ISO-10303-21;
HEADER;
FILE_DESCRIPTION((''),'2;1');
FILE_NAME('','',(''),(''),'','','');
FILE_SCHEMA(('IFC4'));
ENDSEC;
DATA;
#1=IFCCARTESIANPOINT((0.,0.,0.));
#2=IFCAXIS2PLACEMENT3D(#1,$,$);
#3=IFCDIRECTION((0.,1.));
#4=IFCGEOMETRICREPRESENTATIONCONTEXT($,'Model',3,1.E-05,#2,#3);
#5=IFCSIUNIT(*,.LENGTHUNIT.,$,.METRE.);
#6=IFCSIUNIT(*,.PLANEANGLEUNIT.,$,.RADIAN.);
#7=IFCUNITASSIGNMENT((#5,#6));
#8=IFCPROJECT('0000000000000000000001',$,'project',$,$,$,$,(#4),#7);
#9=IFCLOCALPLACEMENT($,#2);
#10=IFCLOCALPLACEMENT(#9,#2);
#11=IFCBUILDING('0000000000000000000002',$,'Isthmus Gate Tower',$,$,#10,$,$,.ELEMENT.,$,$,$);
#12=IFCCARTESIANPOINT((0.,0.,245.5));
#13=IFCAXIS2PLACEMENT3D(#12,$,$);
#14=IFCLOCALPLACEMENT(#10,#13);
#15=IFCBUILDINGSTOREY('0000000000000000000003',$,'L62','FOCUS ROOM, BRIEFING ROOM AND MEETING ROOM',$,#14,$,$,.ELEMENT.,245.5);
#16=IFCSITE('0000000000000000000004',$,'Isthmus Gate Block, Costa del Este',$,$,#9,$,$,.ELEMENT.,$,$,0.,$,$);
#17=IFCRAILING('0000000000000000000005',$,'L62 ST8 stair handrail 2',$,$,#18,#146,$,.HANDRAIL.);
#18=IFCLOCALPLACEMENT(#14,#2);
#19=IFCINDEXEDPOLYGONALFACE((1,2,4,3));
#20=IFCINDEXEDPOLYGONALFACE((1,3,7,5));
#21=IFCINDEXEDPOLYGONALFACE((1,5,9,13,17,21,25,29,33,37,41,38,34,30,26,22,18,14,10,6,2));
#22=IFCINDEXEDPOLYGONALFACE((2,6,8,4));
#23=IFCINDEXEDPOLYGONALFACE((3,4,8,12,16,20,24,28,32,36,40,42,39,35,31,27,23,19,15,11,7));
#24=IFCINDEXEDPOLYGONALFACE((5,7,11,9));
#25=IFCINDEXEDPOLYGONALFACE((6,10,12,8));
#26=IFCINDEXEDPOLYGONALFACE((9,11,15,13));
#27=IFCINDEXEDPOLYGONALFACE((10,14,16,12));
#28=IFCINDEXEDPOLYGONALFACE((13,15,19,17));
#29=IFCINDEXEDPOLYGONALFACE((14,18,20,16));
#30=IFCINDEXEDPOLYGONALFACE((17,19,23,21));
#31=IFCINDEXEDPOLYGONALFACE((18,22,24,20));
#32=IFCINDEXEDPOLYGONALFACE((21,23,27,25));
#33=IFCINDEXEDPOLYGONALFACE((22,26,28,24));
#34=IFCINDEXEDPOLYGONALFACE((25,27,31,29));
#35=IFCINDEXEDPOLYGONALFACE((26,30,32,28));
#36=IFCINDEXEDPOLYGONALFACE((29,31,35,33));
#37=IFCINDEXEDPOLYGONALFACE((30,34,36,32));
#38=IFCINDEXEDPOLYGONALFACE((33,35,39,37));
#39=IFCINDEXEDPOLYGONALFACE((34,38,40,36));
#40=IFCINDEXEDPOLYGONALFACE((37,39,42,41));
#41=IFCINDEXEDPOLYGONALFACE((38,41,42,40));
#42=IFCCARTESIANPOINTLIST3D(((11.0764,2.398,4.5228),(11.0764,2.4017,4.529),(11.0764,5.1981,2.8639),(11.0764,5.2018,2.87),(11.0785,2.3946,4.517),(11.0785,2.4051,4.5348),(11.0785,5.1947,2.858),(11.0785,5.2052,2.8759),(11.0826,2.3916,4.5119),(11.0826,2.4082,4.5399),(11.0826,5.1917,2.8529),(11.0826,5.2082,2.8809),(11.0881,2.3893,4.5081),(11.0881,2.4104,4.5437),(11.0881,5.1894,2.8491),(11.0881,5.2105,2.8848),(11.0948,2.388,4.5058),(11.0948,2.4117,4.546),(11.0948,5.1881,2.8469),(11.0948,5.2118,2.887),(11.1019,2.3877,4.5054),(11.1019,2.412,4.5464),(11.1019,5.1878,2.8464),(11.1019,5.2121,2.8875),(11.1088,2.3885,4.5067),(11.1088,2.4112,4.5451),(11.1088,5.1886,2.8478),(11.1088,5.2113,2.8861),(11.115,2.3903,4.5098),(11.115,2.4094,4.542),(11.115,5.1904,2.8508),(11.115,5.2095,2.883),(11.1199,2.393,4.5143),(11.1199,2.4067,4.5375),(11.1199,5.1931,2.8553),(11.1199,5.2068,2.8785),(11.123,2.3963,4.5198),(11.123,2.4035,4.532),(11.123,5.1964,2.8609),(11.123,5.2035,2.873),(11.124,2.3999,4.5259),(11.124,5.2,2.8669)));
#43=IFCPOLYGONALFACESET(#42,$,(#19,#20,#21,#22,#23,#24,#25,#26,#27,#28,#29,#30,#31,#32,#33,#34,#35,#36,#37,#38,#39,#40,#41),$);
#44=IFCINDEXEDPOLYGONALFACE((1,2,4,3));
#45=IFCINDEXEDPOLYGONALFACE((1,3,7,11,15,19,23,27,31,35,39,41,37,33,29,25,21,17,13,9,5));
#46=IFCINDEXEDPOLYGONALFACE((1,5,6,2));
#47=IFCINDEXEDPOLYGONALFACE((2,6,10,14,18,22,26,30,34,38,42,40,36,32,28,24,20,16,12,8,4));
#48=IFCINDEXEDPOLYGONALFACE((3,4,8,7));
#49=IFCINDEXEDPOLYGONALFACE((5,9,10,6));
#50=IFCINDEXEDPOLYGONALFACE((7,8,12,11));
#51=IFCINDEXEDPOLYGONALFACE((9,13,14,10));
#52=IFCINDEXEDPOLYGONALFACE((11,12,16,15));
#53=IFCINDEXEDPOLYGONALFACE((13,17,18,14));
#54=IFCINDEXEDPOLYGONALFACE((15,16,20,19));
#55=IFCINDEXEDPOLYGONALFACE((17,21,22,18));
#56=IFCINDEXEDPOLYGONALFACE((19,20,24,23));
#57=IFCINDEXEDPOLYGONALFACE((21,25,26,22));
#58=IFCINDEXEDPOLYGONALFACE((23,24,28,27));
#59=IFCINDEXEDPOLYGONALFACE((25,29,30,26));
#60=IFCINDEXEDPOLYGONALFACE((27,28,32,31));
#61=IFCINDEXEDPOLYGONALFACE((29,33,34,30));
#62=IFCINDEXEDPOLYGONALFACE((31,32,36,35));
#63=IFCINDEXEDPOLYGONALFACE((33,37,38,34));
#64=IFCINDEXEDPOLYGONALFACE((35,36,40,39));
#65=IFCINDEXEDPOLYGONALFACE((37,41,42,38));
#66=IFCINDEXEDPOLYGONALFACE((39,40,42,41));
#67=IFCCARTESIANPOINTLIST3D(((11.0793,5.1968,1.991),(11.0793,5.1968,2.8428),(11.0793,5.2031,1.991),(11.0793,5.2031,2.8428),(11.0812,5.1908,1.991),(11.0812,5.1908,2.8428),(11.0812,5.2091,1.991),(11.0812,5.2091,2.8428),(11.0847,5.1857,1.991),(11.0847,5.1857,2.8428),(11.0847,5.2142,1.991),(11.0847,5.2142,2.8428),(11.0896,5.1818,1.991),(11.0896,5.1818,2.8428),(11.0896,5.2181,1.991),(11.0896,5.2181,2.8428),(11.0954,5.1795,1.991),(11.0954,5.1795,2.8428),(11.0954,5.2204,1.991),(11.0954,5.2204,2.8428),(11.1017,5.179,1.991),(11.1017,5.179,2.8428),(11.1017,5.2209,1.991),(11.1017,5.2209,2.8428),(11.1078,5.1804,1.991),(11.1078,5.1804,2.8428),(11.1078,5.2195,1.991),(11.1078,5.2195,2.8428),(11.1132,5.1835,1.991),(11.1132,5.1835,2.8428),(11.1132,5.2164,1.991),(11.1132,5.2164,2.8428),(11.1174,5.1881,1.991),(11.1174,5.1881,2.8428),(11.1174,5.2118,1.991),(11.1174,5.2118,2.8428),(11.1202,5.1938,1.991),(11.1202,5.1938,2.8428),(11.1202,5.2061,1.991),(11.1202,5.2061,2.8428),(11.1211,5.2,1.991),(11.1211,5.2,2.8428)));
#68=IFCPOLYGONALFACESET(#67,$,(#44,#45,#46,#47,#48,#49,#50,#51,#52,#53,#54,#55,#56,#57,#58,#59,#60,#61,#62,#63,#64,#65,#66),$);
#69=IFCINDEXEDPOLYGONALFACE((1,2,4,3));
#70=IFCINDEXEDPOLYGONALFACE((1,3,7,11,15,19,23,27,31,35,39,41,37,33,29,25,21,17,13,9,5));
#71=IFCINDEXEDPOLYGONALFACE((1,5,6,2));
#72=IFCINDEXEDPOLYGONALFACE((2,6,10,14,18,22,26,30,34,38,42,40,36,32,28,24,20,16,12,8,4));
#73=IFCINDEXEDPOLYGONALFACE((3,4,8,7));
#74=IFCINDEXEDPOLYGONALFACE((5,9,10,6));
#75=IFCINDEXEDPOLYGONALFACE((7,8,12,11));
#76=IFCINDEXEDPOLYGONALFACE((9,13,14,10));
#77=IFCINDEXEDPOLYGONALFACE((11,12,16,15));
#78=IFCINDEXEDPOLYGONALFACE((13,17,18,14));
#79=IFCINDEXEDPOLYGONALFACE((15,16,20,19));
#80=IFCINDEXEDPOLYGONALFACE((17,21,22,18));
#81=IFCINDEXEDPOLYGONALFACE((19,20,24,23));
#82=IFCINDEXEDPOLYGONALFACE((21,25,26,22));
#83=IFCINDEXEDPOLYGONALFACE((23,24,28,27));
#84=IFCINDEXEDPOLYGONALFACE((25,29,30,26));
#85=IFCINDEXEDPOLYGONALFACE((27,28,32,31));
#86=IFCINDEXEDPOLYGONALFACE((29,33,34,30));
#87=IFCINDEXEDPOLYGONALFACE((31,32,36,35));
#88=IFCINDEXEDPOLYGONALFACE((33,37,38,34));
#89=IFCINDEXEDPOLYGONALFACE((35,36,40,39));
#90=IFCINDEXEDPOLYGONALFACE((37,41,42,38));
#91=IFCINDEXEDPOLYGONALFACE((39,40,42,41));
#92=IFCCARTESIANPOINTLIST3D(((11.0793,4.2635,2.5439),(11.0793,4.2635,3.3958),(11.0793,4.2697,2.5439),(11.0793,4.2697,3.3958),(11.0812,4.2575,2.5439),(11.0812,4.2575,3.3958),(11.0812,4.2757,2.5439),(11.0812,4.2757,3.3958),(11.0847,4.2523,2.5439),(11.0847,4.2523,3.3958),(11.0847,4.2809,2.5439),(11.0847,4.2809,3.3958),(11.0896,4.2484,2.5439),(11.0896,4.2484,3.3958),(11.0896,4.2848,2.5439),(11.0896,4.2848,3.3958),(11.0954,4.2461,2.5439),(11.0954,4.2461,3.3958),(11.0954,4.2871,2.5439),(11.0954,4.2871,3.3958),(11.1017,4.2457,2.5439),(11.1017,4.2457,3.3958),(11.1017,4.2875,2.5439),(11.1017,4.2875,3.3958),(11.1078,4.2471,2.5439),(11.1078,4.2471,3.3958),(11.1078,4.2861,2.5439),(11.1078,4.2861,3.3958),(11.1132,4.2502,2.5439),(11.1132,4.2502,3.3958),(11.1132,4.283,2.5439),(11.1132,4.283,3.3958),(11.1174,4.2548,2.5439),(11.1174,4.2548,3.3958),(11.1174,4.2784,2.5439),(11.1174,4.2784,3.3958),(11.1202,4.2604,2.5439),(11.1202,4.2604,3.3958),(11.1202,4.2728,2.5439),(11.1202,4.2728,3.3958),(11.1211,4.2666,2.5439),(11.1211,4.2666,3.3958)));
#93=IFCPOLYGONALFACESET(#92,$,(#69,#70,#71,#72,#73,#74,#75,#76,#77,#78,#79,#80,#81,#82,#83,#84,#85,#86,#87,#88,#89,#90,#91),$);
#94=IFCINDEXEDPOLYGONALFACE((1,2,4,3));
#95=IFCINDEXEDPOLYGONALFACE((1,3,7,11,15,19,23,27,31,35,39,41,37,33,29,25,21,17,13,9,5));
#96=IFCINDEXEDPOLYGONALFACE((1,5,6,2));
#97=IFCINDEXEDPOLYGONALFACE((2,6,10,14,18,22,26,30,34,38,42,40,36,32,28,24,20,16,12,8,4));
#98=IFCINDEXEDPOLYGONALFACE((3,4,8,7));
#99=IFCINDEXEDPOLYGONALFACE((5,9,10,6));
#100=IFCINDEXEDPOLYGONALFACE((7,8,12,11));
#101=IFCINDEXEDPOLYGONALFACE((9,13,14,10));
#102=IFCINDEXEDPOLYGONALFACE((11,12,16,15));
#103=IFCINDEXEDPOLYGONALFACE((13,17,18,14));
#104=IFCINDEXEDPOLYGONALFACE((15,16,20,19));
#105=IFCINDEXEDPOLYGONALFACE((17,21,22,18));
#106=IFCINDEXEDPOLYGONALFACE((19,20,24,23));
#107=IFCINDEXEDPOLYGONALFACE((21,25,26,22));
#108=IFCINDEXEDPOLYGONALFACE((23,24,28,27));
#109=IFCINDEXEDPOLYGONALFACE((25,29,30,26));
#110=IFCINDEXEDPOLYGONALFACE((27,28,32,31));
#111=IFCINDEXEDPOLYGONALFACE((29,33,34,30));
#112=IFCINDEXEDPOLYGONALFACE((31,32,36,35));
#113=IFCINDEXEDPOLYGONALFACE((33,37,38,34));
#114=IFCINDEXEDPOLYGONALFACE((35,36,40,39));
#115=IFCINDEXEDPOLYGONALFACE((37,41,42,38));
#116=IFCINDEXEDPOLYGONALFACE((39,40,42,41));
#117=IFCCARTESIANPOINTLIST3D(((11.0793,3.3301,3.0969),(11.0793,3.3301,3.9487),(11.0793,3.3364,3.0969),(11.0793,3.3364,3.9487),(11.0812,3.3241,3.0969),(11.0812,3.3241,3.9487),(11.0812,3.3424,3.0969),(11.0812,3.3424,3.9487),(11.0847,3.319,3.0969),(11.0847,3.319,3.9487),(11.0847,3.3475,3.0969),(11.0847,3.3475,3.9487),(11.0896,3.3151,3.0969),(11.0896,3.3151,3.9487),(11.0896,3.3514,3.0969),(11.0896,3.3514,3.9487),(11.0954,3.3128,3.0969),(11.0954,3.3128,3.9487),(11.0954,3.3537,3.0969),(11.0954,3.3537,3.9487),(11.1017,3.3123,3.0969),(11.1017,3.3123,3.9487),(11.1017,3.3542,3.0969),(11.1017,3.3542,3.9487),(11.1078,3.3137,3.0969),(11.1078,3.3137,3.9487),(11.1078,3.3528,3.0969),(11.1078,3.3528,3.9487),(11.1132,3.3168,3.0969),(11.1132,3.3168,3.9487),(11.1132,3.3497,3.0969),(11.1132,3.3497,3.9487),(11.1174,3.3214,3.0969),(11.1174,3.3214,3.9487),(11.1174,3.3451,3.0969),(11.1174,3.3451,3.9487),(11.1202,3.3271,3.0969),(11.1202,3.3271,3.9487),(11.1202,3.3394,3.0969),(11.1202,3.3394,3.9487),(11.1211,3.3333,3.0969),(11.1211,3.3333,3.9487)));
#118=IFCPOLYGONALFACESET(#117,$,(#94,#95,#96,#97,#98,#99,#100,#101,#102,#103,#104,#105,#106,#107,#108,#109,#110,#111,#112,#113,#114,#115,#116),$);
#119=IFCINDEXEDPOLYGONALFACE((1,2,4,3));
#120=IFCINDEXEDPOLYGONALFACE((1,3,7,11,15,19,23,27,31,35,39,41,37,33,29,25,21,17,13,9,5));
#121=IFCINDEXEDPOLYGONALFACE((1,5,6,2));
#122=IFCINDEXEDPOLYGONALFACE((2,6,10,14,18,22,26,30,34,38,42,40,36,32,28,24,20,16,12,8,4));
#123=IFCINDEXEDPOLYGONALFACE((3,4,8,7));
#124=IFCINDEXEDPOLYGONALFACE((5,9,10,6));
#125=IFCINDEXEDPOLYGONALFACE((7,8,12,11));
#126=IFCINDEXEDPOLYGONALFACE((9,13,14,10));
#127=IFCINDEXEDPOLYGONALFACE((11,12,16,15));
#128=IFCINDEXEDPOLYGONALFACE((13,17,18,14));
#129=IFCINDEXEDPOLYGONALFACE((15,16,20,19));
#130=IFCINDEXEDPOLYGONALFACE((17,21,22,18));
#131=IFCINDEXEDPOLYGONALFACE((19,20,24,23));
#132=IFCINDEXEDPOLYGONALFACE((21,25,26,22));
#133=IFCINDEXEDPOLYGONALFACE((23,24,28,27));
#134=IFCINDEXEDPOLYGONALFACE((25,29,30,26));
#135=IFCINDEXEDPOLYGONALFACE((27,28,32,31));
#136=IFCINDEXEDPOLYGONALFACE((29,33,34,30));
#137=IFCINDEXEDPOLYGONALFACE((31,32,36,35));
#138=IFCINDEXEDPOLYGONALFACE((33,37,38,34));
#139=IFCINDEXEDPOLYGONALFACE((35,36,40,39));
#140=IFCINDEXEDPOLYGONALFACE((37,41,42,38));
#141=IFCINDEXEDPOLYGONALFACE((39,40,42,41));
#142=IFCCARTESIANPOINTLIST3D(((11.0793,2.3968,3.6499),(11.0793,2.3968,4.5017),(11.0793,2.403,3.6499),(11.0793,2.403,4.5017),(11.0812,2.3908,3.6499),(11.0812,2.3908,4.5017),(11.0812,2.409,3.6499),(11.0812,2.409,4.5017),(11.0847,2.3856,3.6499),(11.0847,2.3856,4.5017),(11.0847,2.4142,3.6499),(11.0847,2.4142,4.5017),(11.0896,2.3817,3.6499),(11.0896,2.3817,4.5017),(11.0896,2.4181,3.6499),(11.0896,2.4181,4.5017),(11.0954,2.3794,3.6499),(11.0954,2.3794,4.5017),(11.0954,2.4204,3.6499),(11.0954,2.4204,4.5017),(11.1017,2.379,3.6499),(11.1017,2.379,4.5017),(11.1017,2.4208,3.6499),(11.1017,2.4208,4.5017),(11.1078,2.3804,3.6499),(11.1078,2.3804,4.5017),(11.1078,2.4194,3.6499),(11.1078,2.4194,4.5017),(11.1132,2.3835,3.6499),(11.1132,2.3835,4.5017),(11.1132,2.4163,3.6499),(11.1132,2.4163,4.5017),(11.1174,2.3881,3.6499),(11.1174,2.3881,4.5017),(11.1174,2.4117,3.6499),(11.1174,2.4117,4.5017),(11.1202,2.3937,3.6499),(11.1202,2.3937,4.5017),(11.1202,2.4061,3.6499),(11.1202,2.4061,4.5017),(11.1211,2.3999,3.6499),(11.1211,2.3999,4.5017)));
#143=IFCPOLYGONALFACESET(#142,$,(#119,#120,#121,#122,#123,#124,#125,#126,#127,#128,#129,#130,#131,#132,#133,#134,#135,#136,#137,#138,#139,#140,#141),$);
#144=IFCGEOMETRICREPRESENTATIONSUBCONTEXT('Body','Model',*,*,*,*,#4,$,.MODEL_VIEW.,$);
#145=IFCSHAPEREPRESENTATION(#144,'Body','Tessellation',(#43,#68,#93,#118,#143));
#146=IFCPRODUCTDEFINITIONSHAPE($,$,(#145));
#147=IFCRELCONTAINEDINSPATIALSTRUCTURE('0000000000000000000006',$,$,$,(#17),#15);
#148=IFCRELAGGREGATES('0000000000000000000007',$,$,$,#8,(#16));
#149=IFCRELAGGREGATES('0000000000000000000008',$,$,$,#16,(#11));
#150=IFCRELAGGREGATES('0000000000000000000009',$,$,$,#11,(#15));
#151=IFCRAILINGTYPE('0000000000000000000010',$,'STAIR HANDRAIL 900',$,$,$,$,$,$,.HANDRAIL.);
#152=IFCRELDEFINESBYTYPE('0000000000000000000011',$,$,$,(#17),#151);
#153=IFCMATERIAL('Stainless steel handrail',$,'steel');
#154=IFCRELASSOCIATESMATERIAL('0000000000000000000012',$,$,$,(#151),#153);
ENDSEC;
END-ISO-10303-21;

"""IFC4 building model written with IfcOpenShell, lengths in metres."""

from ifc_helpers import new_model, si_unit, direction, frame, origin, origin_2d, place, context, subcontext, project, spatial, circle, extrude, material, type_object, element, save


model = new_model("IFC4")

# Units and contexts
model_context = context("Model", 3, precision=1e-05, world=origin(), true_north=direction((0.0, 1.0)))
body_context = subcontext(model_context, "Body", "Model", "MODEL_VIEW")
ifc_project = project(units=[si_unit("LENGTHUNIT", "METRE"), si_unit("PLANEANGLEUNIT", "RADIAN")], contexts=[model_context])

# Site, building, storey
site_placement = place(None, origin())
site = spatial("IfcSite", under=ifc_project, at=site_placement, Name="Isthmus Gate Block, Costa del Este", CompositionType="ELEMENT", RefElevation=0.0)
building_placement = place(site_placement, origin())
building = spatial("IfcBuilding", under=site, at=building_placement, Name="Isthmus Gate Tower", CompositionType="ELEMENT")
storey_placement = place(building_placement, frame((0.0, 0.0, 245.5)))
storey = spatial("IfcBuildingStorey", under=building, at=storey_placement, Name="L62", Description="FOCUS ROOM, BRIEFING ROOM AND MEETING ROOM", CompositionType="ELEMENT", Elevation=245.5)

# Railing
ifc_material_1 = material(Name="Stainless steel handrail", Category="steel")
railing_type_1 = type_object("IfcRailingType", Name="STAIR HANDRAIL 900", PredefinedType="HANDRAIL", material=ifc_material_1)
for number, where, name in (
    (1, (11.1001, 5.2, 1.991), "L62 ST8 stair handrail 2"),
):
    element("IfcRailing", number, at=place(storey_placement, frame(where)), inside=storey, type_object=railing_type_1, Name=name, PredefinedType="HANDRAIL", context=body_context, shape_type="SweptSolid", body=[
        extrude(circle(Radius=0.0239, at=origin_2d()), frame((0.0, 0.0, 0.876), z_axis=(0.0, -0.860339, 0.509722), x_axis=(1.0, 0.0, 0.0)), (0.0, 0.0, 1.0), 3.2546),
        extrude(circle(Radius=0.021, at=origin_2d()), origin(), (0.0, 0.0, 1.0), 0.8518),
        extrude(circle(Radius=0.021, at=origin_2d()), frame((0.0, -0.9333, 0.553)), (0.0, 0.0, 1.0), 0.8518),
        extrude(circle(Radius=0.021, at=origin_2d()), frame((0.0, -1.8667, 1.106)), (0.0, 0.0, 1.0), 0.8518),
        extrude(circle(Radius=0.021, at=origin_2d()), frame((0.0, -2.8, 1.6589)), (0.0, 0.0, 1.0), 0.8518),
    ])

save(model, "model.ifc")
